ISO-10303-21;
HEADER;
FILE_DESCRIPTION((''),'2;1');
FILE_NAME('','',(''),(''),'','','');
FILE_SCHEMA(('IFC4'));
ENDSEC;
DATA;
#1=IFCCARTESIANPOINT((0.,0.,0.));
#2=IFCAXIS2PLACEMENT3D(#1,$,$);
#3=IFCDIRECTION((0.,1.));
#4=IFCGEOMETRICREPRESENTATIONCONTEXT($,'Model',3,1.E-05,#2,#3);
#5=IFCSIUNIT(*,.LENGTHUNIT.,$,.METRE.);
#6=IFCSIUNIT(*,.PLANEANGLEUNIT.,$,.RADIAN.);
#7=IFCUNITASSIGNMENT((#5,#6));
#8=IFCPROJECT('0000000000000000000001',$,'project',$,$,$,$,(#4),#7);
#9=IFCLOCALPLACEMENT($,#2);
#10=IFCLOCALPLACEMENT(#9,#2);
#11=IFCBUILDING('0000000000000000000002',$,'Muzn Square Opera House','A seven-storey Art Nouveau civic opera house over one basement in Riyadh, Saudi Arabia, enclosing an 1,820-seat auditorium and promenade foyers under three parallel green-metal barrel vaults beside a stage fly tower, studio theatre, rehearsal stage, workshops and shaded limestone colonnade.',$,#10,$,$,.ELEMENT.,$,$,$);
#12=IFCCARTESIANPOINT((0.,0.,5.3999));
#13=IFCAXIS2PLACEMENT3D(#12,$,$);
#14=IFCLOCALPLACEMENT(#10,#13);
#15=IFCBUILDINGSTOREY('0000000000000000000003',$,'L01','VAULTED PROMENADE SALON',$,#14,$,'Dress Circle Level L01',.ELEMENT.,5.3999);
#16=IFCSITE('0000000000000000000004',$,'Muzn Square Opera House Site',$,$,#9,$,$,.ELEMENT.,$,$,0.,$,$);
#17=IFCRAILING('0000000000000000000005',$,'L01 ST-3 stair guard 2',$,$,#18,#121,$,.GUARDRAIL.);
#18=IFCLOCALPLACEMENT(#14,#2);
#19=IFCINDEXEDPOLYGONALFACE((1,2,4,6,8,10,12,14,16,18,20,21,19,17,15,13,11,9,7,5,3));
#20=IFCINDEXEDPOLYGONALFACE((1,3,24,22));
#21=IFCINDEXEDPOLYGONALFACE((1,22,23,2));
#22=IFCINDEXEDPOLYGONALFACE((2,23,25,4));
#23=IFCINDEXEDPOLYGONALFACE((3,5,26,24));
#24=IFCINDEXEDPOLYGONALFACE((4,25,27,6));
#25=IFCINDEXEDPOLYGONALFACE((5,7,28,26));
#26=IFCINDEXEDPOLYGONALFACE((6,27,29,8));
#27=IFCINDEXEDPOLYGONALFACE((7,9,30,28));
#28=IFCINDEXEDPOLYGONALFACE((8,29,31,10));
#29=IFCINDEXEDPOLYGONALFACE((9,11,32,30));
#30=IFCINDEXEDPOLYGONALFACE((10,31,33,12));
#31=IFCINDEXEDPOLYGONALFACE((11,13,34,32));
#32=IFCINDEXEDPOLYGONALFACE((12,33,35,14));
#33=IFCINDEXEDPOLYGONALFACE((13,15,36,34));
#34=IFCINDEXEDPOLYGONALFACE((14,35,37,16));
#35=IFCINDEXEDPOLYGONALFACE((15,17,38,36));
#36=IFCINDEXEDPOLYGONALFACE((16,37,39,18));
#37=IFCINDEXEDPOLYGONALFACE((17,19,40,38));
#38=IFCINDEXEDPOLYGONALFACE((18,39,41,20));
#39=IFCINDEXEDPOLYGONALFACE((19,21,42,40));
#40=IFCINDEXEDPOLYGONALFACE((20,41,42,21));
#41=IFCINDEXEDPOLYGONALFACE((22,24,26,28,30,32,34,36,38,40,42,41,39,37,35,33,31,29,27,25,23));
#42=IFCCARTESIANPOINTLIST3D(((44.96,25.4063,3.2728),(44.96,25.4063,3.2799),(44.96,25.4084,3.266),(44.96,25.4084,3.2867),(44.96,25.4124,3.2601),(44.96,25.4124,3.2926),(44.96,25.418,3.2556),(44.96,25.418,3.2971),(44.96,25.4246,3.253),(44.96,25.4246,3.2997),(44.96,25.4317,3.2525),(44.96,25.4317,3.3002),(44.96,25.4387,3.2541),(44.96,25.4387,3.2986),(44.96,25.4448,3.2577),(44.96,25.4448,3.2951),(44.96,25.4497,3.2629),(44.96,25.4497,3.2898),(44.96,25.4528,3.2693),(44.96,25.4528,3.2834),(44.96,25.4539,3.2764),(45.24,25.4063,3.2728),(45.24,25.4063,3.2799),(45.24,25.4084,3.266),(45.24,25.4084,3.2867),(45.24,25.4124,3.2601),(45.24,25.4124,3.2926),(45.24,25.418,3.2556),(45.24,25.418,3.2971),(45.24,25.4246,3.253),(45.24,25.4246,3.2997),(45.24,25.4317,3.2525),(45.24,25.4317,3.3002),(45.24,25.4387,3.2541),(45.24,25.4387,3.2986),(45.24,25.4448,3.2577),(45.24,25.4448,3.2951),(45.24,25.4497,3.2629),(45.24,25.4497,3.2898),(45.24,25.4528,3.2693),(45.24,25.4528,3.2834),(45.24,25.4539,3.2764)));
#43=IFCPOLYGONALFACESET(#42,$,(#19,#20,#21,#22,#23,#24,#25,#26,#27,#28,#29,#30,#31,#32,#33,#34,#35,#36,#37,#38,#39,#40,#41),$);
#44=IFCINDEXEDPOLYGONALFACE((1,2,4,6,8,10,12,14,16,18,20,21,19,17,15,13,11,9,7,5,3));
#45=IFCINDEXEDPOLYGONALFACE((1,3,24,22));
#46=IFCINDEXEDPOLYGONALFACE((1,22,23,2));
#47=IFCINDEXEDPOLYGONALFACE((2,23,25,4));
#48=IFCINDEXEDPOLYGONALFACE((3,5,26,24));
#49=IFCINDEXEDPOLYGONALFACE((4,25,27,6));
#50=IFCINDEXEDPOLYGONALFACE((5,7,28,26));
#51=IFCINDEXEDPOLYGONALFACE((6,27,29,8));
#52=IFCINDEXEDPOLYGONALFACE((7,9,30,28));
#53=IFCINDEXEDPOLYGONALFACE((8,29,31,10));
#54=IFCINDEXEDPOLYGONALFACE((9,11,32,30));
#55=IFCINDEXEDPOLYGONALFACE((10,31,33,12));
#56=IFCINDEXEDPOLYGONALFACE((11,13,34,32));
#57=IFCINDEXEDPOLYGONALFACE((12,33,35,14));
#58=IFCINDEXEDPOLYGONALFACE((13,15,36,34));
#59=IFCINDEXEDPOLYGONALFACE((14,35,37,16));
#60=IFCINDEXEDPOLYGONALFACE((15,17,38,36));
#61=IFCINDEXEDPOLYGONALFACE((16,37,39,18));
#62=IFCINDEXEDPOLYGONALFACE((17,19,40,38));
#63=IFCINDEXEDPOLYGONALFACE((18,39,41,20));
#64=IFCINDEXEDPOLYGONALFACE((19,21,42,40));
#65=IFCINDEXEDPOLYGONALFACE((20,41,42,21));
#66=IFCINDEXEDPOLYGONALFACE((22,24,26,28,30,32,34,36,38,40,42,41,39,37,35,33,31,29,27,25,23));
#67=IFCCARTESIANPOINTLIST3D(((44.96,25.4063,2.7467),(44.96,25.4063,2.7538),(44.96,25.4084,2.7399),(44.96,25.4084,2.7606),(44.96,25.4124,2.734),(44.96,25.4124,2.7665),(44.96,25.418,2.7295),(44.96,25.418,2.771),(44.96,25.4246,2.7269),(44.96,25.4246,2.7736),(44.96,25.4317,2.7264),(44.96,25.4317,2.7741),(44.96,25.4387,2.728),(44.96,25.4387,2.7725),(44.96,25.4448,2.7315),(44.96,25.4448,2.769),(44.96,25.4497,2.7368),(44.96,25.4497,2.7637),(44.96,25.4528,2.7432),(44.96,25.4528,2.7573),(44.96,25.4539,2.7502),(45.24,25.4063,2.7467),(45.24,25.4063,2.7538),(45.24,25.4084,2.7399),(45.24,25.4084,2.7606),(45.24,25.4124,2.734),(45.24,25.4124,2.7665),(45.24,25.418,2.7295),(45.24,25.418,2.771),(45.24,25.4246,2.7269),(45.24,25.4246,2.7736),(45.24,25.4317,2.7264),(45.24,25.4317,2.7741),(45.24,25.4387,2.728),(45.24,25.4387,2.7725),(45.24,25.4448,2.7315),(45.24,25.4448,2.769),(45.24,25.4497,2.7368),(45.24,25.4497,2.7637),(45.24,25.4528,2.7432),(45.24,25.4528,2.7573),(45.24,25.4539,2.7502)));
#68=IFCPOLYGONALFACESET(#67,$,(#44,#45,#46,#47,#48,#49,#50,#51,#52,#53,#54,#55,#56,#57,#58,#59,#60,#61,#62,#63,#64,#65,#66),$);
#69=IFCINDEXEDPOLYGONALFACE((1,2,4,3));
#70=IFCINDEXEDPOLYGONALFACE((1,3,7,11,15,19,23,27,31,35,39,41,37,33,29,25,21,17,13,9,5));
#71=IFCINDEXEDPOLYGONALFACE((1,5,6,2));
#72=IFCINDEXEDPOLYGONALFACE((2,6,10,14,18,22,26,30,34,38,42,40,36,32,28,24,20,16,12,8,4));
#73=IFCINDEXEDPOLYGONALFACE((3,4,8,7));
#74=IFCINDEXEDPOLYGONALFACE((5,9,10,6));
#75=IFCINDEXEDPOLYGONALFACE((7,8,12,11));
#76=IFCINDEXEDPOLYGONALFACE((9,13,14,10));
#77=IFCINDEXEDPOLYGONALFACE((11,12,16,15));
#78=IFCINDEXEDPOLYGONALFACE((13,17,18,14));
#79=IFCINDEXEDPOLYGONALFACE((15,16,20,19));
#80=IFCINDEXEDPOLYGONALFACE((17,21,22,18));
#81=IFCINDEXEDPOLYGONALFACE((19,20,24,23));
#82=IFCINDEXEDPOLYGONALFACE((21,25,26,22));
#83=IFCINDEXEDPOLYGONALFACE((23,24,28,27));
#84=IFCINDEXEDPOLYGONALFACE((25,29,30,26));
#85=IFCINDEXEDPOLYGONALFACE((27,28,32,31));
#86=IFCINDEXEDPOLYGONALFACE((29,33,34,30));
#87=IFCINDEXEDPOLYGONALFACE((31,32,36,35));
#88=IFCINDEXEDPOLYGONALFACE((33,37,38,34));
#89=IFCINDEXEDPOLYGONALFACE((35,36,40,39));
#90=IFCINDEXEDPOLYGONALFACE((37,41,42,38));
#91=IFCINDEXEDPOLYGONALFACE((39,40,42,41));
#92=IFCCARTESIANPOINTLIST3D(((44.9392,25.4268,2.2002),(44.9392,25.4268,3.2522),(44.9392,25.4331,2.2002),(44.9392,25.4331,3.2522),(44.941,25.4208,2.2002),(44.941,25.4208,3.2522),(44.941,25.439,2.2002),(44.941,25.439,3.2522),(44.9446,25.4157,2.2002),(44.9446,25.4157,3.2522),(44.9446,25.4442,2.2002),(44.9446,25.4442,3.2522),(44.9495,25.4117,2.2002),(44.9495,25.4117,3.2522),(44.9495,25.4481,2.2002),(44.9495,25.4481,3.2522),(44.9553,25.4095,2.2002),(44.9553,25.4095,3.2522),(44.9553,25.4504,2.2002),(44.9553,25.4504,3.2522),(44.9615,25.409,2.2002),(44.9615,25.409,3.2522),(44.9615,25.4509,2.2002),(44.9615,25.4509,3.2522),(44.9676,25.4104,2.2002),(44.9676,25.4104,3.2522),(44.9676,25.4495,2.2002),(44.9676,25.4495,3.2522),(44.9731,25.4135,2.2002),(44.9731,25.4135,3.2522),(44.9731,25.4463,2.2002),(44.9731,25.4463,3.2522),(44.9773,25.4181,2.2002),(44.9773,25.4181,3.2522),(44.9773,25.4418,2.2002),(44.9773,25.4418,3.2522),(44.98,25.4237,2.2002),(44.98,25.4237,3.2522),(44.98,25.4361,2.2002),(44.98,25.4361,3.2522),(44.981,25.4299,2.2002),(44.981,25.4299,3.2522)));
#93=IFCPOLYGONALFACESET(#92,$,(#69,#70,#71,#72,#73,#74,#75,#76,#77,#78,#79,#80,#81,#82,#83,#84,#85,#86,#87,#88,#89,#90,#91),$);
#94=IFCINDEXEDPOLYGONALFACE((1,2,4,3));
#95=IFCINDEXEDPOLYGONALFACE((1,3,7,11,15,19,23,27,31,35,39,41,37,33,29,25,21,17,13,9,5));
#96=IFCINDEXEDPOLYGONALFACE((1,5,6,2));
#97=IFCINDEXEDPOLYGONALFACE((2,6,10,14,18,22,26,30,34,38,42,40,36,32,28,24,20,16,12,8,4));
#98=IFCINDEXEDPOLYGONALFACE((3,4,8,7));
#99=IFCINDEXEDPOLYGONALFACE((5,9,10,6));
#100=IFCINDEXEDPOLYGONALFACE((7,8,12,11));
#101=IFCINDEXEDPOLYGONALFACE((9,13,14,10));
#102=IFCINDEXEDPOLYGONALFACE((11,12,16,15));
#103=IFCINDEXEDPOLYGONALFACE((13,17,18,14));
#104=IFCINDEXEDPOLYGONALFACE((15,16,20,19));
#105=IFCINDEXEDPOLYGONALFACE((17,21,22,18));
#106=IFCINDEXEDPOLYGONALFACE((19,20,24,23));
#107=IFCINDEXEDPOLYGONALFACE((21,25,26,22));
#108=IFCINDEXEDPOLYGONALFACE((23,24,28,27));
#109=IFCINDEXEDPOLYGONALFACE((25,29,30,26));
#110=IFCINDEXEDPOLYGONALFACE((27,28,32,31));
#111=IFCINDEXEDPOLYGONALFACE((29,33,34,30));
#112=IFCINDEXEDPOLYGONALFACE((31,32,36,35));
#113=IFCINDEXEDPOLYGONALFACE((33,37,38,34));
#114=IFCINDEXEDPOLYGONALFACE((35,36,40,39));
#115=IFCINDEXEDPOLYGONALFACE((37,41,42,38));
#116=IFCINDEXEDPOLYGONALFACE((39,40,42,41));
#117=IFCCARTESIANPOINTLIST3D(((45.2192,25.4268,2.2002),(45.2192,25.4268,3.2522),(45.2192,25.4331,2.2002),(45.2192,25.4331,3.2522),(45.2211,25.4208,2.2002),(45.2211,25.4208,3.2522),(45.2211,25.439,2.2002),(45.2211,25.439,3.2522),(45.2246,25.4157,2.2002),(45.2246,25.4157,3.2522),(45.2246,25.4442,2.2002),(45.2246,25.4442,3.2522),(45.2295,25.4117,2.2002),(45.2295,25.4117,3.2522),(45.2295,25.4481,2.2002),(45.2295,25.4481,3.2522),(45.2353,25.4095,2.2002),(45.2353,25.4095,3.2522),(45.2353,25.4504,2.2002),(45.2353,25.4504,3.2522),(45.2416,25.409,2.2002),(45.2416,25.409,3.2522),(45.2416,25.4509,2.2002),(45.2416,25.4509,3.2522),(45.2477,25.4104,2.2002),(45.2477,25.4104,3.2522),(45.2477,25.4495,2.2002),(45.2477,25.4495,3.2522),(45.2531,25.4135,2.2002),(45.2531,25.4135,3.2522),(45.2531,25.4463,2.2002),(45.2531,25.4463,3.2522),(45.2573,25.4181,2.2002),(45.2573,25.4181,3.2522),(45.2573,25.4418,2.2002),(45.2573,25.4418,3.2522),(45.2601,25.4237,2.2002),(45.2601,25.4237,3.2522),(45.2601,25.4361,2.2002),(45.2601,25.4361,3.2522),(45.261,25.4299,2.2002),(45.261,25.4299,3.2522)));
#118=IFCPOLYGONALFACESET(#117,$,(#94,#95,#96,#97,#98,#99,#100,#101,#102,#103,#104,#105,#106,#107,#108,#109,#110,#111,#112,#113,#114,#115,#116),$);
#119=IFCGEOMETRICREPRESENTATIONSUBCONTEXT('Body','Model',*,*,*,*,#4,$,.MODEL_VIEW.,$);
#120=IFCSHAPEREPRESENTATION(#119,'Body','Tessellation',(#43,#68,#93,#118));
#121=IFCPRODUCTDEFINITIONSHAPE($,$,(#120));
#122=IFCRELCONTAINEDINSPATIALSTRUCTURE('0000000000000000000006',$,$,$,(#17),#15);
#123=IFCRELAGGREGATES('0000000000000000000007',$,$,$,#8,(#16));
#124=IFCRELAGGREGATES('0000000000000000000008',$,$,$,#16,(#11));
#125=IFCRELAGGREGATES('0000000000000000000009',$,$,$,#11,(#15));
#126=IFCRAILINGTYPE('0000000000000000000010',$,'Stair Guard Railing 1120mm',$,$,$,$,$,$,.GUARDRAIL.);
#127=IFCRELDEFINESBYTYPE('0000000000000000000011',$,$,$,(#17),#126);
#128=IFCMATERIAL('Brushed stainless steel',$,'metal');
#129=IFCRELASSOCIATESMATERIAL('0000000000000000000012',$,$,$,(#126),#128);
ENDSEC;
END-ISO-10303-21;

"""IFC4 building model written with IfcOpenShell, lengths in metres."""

from ifc_helpers import new_model, si_unit, direction, frame, origin, origin_2d, place, context, subcontext, project, spatial, circle, extrude, material, type_object, element, save


model = new_model("IFC4")

# Units and contexts
model_context = context("Model", 3, precision=1e-05, world=origin(), true_north=direction((0.0, 1.0)))
body_context = subcontext(model_context, "Body", "Model", "MODEL_VIEW")
ifc_project = project(units=[si_unit("LENGTHUNIT", "METRE"), si_unit("PLANEANGLEUNIT", "RADIAN")], contexts=[model_context])

# Site, building, storey
site_placement = place(None, origin())
site = spatial("IfcSite", under=ifc_project, at=site_placement, Name="Muzn Square Opera House Site", CompositionType="ELEMENT", RefElevation=0.0)
building_placement = place(site_placement, origin())
building = spatial("IfcBuilding", under=site, at=building_placement, Name="Muzn Square Opera House", Description="A seven-storey Art Nouveau civic opera house over one basement in Riyadh, Saudi Arabia, enclosing an 1,820-seat auditorium and promenade foyers under three parallel green-metal barrel vaults beside a stage fly tower, studio theatre, rehearsal stage, workshops and shaded limestone colonnade.", CompositionType="ELEMENT")
storey_placement = place(building_placement, frame((0.0, 0.0, 5.3999)))
storey = spatial("IfcBuildingStorey", under=building, at=storey_placement, Name="L01", Description="VAULTED PROMENADE SALON", LongName="Dress Circle Level L01", CompositionType="ELEMENT", Elevation=5.3999)

# Shared definitions
ifc_material_1 = material(Name="Brushed stainless steel", Category="metal")

# Railing
railing_type_1 = type_object("IfcRailingType", Name="Stair Guard Railing 1120mm", PredefinedType="GUARDRAIL", material=ifc_material_1)
railing_1_placement = place(storey_placement, frame((44.96, 25.4299, 2.2002)))
element("IfcRailing", 1, at=railing_1_placement, inside=storey, type_object=railing_type_1, Name="L01 ST-3 stair guard 2", PredefinedType="GUARDRAIL", context=body_context, shape_type="SweptSolid", body=[
    extrude(circle(Radius=0.0239, at=origin_2d()), frame((0.0, 0.0, 1.0762), z_axis=(1.0, 0.0, 0.0), x_axis=(0.0, 1.0, 0.0)), (0.0, 0.0, 1.0), 0.28),
    extrude(circle(Radius=0.0239, at=origin_2d()), frame((0.0, 0.0, 0.55), z_axis=(1.0, 0.0, 0.0), x_axis=(0.0, 1.0, 0.0)), (0.0, 0.0, 1.0), 0.28),
    extrude(circle(Radius=0.021, at=origin_2d()), origin(), (0.0, 0.0, 1.0), 1.052),
    extrude(circle(Radius=0.021, at=origin_2d()), frame((0.28, 0.0, 0.0)), (0.0, 0.0, 1.0), 1.052),
])

save(model, "model.ifc")
